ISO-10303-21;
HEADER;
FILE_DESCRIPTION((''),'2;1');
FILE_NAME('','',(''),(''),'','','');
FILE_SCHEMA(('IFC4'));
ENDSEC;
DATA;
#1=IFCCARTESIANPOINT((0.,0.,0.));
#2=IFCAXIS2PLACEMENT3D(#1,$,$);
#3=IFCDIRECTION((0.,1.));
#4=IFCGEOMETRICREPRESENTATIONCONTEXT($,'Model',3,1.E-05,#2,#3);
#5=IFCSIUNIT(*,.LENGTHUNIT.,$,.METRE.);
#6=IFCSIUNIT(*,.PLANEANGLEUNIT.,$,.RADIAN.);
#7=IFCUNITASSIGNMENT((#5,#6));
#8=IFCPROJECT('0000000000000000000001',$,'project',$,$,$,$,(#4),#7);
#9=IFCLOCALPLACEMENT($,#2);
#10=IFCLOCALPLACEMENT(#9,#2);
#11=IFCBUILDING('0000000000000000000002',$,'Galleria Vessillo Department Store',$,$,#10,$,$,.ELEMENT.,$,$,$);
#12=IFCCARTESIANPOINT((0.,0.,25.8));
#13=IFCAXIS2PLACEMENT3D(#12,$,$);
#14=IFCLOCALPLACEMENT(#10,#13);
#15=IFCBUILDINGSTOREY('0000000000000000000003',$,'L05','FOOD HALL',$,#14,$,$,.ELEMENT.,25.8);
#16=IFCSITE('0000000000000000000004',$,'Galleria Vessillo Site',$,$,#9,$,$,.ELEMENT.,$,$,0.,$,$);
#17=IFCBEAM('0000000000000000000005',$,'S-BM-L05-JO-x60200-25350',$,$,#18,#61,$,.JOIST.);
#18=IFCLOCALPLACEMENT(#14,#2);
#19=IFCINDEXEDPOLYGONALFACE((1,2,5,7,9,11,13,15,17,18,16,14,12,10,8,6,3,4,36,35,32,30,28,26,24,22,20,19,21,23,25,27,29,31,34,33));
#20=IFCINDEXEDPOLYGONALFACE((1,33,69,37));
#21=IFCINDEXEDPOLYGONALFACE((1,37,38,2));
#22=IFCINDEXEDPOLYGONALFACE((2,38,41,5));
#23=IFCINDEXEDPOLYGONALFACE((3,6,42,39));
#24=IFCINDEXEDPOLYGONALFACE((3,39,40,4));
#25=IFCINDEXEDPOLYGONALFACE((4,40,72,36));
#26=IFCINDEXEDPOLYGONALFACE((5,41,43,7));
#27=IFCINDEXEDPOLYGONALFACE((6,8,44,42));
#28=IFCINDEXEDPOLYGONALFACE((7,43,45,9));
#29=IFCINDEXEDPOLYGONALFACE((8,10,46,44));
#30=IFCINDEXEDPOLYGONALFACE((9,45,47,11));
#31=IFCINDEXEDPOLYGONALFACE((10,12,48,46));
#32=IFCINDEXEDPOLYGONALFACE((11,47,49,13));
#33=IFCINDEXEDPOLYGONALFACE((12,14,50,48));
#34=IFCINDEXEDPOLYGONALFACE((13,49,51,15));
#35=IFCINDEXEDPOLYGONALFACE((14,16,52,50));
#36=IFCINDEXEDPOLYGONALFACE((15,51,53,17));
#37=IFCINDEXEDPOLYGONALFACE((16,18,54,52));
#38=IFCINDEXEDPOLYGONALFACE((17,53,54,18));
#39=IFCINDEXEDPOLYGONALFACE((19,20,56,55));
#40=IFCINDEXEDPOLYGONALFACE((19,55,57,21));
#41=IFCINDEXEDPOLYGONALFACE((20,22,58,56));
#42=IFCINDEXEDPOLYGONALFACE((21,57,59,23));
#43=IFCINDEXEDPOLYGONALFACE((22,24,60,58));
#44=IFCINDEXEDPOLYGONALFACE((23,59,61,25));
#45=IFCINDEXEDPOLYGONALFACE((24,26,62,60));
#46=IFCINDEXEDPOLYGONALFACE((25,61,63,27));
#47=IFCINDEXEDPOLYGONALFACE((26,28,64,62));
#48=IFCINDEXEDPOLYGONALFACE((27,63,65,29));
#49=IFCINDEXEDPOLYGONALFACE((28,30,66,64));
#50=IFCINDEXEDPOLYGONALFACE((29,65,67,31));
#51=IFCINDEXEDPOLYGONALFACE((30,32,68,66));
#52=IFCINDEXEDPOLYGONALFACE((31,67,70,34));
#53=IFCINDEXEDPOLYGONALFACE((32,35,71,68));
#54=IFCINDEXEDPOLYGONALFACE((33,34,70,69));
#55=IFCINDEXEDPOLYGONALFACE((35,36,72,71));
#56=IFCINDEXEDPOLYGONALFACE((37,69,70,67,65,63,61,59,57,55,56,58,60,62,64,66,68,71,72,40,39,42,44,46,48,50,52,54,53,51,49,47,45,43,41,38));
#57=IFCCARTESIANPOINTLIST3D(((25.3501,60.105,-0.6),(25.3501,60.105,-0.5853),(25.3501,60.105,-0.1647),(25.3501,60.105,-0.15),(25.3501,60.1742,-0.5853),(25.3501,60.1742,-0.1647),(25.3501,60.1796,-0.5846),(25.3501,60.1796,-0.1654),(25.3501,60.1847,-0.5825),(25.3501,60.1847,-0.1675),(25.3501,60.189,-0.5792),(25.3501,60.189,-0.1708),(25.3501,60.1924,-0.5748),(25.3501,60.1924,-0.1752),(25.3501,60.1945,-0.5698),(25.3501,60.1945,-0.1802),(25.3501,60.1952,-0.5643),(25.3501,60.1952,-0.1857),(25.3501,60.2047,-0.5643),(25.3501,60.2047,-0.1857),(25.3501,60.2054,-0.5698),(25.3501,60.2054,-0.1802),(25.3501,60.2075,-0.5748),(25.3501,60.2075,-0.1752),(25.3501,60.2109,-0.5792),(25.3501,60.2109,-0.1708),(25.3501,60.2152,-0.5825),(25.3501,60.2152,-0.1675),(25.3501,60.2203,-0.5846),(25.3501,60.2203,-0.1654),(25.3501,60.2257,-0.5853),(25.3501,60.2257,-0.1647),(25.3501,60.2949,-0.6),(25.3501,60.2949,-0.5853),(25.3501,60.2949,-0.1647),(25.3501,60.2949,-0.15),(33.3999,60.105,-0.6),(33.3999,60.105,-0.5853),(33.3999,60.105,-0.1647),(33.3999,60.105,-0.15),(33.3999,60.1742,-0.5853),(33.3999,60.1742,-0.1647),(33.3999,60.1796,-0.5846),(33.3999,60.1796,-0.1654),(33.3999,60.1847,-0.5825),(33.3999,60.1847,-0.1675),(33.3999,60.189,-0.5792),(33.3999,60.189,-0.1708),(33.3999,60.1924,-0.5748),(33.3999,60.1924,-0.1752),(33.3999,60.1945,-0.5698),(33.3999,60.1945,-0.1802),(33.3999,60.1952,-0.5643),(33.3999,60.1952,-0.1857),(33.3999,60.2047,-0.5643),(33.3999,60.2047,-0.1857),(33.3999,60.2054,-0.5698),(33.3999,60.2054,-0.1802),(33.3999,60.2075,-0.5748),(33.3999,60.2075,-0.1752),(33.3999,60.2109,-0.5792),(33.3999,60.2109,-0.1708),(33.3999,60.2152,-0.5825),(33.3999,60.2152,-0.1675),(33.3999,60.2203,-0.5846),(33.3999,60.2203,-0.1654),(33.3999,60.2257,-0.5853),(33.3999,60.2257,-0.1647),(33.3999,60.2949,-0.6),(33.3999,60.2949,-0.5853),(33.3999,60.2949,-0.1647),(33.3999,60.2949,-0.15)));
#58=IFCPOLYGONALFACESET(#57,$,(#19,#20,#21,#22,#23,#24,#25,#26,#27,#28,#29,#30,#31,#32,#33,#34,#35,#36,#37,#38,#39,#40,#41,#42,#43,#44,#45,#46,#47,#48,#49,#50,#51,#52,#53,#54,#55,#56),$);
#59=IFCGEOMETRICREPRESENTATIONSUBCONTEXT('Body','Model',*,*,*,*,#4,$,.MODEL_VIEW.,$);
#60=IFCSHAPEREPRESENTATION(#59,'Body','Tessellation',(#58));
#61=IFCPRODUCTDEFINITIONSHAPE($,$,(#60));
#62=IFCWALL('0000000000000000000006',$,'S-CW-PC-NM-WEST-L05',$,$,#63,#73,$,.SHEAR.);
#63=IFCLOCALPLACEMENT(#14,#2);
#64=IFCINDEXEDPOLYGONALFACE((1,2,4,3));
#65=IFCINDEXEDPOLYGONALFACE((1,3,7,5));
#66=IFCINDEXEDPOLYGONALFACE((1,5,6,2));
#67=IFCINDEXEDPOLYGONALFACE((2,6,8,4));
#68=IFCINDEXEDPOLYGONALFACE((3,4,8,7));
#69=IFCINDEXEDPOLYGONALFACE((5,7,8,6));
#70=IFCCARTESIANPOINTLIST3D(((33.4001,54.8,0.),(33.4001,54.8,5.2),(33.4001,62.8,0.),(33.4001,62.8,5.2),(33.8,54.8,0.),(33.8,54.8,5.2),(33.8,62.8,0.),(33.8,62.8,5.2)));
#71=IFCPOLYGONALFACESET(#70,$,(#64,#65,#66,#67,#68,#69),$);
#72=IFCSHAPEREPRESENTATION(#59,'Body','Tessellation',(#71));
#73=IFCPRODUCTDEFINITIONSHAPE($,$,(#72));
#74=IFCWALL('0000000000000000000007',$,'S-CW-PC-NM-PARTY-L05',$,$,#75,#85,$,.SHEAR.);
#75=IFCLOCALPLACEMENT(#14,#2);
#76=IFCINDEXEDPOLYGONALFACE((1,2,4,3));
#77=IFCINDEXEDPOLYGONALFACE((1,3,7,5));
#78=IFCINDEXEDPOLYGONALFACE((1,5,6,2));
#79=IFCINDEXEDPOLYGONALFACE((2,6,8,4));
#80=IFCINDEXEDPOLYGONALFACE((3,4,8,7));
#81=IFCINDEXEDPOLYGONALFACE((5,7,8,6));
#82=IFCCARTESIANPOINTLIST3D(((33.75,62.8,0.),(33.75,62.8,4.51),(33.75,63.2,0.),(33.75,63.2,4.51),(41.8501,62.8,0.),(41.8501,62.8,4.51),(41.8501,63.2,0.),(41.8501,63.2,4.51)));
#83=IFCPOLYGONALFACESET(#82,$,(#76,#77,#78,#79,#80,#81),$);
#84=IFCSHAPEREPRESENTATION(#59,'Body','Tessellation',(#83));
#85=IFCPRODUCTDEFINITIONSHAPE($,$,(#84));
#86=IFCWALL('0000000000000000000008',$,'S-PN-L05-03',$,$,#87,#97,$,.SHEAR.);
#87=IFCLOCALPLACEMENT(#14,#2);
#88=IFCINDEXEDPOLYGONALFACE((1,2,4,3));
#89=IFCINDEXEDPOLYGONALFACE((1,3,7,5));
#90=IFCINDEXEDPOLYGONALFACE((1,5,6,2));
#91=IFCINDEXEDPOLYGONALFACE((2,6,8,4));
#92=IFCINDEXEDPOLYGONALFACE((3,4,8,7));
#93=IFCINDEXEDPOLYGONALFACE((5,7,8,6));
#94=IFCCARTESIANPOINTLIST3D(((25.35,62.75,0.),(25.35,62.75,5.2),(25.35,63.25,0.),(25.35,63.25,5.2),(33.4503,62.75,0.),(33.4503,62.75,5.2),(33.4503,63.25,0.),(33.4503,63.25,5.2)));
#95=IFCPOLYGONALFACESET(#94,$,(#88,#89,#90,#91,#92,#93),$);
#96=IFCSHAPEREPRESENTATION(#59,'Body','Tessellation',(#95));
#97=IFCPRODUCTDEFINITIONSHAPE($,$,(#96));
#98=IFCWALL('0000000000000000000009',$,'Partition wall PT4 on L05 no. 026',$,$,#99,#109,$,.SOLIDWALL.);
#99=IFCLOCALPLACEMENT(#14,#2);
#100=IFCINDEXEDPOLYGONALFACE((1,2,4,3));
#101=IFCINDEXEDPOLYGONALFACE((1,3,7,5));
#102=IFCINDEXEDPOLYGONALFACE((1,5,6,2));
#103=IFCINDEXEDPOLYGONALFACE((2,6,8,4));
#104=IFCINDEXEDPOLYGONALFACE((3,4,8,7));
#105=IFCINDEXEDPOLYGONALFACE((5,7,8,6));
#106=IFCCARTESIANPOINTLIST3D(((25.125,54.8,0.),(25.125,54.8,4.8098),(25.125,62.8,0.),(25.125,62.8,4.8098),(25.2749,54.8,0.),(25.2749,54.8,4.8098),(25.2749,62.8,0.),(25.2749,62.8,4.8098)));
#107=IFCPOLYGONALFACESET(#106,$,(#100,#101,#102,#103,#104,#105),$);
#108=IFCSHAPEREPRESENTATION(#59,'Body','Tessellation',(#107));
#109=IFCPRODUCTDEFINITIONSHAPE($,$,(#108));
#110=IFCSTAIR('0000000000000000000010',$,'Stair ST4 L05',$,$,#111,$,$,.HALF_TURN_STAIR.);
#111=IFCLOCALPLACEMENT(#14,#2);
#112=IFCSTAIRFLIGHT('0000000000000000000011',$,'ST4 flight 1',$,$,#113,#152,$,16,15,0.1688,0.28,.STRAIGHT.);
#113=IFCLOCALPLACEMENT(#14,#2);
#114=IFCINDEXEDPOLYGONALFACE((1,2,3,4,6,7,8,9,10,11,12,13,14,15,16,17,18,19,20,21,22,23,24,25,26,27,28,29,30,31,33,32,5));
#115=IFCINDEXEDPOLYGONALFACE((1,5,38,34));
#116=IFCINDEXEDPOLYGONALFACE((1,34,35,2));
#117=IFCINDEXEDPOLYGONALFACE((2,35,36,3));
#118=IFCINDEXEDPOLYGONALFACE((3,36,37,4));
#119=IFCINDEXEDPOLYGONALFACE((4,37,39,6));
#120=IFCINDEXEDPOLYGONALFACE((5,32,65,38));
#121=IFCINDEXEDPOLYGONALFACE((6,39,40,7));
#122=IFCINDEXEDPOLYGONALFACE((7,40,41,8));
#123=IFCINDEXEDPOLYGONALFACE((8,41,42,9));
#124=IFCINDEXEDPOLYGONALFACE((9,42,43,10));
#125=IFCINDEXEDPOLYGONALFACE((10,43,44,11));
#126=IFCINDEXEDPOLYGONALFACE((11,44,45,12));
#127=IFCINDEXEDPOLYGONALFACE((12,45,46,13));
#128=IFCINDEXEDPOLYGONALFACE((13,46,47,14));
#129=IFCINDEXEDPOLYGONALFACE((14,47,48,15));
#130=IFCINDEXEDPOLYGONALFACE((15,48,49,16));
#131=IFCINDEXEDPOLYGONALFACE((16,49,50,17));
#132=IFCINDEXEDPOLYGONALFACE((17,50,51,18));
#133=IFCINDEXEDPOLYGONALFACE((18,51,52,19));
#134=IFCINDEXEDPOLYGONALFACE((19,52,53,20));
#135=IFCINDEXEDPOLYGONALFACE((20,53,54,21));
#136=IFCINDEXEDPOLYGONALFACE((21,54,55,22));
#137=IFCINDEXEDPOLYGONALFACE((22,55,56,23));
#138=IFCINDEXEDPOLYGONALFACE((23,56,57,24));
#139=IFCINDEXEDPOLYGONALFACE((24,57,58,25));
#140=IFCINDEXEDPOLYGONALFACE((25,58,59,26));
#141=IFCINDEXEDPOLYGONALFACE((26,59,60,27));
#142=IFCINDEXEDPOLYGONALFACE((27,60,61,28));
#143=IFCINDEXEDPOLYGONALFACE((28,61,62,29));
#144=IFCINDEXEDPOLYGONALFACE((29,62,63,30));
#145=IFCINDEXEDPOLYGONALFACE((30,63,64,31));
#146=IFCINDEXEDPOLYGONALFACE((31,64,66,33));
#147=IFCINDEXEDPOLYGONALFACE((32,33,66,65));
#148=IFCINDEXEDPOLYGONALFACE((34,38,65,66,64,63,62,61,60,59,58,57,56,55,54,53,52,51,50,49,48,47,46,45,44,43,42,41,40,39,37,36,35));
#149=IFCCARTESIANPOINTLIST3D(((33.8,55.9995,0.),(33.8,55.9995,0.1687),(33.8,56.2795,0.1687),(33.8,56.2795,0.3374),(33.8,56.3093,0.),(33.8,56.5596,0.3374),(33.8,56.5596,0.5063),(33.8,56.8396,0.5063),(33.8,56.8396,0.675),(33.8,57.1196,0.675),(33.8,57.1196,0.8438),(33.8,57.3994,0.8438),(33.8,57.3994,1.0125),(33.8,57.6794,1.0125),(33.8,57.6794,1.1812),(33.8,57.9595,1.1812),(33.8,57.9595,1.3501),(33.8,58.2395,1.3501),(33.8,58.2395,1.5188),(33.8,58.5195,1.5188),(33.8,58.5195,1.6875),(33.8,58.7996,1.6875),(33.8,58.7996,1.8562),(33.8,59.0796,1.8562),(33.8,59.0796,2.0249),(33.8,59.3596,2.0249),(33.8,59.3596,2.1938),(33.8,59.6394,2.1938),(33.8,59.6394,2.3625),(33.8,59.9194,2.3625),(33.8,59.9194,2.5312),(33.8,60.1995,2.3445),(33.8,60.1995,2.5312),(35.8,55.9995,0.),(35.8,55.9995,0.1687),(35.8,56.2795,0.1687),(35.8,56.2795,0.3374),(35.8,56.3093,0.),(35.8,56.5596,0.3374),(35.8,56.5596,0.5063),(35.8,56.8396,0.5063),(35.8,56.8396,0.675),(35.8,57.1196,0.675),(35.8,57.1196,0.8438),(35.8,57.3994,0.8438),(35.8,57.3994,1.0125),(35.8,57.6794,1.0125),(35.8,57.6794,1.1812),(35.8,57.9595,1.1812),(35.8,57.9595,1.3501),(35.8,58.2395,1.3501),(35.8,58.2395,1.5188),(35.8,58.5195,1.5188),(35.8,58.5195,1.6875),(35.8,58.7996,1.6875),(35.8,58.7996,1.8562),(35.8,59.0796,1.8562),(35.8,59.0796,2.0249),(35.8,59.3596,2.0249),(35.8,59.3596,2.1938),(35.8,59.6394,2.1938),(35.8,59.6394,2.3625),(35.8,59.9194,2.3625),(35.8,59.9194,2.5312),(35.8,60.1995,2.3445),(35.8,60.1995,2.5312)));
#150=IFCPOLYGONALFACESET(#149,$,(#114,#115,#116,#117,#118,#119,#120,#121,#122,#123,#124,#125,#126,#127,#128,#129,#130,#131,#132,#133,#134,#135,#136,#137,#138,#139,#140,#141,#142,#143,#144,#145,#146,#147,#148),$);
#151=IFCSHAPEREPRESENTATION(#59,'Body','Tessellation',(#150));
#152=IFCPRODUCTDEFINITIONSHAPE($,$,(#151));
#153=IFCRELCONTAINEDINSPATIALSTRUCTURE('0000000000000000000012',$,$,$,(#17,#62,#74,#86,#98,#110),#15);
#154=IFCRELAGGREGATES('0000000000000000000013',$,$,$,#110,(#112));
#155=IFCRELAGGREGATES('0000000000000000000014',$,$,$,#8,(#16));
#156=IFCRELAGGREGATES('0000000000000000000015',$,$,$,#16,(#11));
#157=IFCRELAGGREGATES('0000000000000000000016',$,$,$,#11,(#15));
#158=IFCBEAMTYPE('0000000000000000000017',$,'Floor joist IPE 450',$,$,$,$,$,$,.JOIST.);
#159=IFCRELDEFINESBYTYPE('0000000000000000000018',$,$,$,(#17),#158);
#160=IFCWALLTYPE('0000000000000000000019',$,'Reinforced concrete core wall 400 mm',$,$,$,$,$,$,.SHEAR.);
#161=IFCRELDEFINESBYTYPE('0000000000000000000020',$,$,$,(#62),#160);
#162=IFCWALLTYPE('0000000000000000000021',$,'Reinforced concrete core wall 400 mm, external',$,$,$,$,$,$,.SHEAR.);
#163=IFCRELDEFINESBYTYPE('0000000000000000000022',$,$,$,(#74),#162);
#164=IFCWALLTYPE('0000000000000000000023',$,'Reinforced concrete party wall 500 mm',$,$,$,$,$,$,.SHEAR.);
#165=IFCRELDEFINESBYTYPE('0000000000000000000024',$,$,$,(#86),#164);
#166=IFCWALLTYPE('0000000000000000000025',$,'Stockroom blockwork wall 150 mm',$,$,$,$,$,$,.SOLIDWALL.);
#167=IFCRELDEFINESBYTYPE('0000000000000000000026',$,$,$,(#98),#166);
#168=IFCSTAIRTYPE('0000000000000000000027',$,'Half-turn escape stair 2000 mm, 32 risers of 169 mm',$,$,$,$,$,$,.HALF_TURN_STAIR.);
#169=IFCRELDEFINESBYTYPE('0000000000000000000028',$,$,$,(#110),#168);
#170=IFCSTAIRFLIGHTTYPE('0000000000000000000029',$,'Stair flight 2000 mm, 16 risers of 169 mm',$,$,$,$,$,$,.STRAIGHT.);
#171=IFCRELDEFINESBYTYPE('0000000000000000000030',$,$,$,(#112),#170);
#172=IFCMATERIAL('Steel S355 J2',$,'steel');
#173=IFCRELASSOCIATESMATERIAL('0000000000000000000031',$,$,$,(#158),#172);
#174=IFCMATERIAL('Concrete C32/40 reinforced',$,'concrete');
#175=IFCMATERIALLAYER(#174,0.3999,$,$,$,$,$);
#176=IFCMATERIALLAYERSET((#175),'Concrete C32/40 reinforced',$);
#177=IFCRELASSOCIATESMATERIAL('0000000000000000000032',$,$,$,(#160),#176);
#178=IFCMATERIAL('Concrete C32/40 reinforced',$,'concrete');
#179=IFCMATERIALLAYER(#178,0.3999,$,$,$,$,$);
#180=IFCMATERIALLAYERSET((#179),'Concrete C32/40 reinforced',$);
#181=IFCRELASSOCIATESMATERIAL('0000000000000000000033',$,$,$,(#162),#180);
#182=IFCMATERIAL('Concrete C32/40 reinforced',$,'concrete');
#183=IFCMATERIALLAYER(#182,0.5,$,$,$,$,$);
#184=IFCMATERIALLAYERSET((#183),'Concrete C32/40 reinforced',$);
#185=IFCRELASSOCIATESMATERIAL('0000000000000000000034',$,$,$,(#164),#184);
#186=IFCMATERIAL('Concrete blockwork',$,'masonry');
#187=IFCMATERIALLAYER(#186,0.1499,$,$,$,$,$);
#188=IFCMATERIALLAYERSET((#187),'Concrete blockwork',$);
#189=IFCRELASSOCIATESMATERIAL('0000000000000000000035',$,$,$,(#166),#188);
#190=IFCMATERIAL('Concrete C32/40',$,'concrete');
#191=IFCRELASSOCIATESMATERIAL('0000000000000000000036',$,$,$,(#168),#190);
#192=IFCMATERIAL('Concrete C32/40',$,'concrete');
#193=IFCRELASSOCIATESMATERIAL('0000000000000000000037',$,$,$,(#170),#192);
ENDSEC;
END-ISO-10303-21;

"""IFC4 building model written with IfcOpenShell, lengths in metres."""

from ifc_helpers import new_model, si_unit, direction, frame, frame_2d, origin, origin_2d, place, context, subcontext, project, spatial, polyline, rectangle, i_section, outline, extrude, material, layer, layer_set, material_profile, profile_set, type_object, element, aggregate, save


model = new_model("IFC4")

# Units and contexts
model_context = context("Model", 3, precision=1e-05, world=origin(), true_north=direction((0.0, 1.0)))
body_context = subcontext(model_context, "Body", "Model", "MODEL_VIEW")
ifc_project = project(units=[si_unit("LENGTHUNIT", "METRE"), si_unit("PLANEANGLEUNIT", "RADIAN")], contexts=[model_context])

# Site, building, storey
site_placement = place(None, origin())
site = spatial("IfcSite", under=ifc_project, at=site_placement, Name="Galleria Vessillo Site", CompositionType="ELEMENT", RefElevation=0.0)
building_placement = place(site_placement, origin())
building = spatial("IfcBuilding", under=site, at=building_placement, Name="Galleria Vessillo Department Store", CompositionType="ELEMENT")
storey_placement = place(building_placement, frame((0.0, 0.0, 25.8)))
storey = spatial("IfcBuildingStorey", under=building, at=storey_placement, Name="L05", Description="FOOD HALL", CompositionType="ELEMENT", Elevation=25.8)

# Beam
ifc_material_1 = material(Name="Steel S355 J2", Category="steel")
ifc_material_profile_1 = material_profile(ifc_material_1, i_section(OverallWidth=0.1899, OverallDepth=0.45, WebThickness=0.0095, FlangeThickness=0.0146, FilletRadius=0.021, at=origin_2d()), Name="IPE 450")
ifc_profile_set_1 = profile_set([ifc_material_profile_1], Name="Steel S355 J2")
beam_type_1 = type_object("IfcBeamType", Name="Floor joist IPE 450", PredefinedType="JOIST", material=ifc_profile_set_1)
for number, where, z_axis, x_axis, name in (
    (1, (25.3501, 60.2, -0.375), (1.0, 0.0, 0.0), (0.0, 1.0, 0.0), "S-BM-L05-JO-x60200-25350"),
):
    element("IfcBeam", number, at=place(storey_placement, frame(where, z_axis=z_axis, x_axis=x_axis)), inside=storey, type_object=beam_type_1, Name=name, PredefinedType="JOIST", context=body_context, shape_type="SweptSolid", body=[
        extrude(i_section(OverallWidth=0.1899, OverallDepth=0.45, WebThickness=0.0095, FlangeThickness=0.0146, FilletRadius=0.021, at=origin_2d()), origin(), (0.0, 0.0, 1.0), 8.0498),
    ])

# Walls
ifc_material_2 = material(Name="Concrete C32/40 reinforced", Category="concrete")
ifc_layer_1 = layer(ifc_material_2, 0.3999)
ifc_layer_set_1 = layer_set([ifc_layer_1], Name="Concrete C32/40 reinforced")
wall_type_1 = type_object("IfcWallType", Name="Reinforced concrete core wall 400 mm", PredefinedType="SHEAR", material=ifc_layer_set_1)
wall_1_placement = place(storey_placement, frame((33.6001, 54.8, 0.0), z_axis=(0.0, 0.0, 1.0), x_axis=(0.0, 1.0, 0.0)))
element("IfcWall", 2, at=wall_1_placement, inside=storey, type_object=wall_type_1, Name="S-CW-PC-NM-WEST-L05", PredefinedType="SHEAR", context=body_context, shape_type="SweptSolid", body=[
    extrude(rectangle(XDim=8.0, YDim=0.3999, at=frame_2d((4.0, 0.0))), origin(), (0.0, 0.0, 1.0), 5.2),
])
ifc_material_3 = material(Name="Concrete C32/40 reinforced", Category="concrete")
ifc_layer_2 = layer(ifc_material_3, 0.3999)
ifc_layer_set_2 = layer_set([ifc_layer_2], Name="Concrete C32/40 reinforced")
wall_type_2 = type_object("IfcWallType", Name="Reinforced concrete core wall 400 mm, external", PredefinedType="SHEAR", material=ifc_layer_set_2)
wall_2_placement = place(storey_placement, frame((33.75, 63.0, 0.0), z_axis=(0.0, 0.0, 1.0), x_axis=(1.0, 0.0, 0.0)))
element("IfcWall", 3, at=wall_2_placement, inside=storey, type_object=wall_type_2, Name="S-CW-PC-NM-PARTY-L05", PredefinedType="SHEAR", context=body_context, shape_type="SweptSolid", body=[
    extrude(rectangle(XDim=8.1001, YDim=0.3999, at=frame_2d((4.05, 0.0))), origin(), (0.0, 0.0, 1.0), 4.51),
])
ifc_material_4 = material(Name="Concrete C32/40 reinforced", Category="concrete")
ifc_layer_3 = layer(ifc_material_4, 0.5)
ifc_layer_set_3 = layer_set([ifc_layer_3], Name="Concrete C32/40 reinforced")
wall_type_3 = type_object("IfcWallType", Name="Reinforced concrete party wall 500 mm", PredefinedType="SHEAR", material=ifc_layer_set_3)
wall_3_placement = place(storey_placement, frame((25.3499, 63.0, 0.0), z_axis=(0.0, 0.0, 1.0), x_axis=(1.0, 0.0, 0.0)))
element("IfcWall", 4, at=wall_3_placement, inside=storey, type_object=wall_type_3, Name="S-PN-L05-03", PredefinedType="SHEAR", context=body_context, shape_type="SweptSolid", body=[
    extrude(rectangle(XDim=8.1003, YDim=0.5, at=frame_2d((4.0503, 0.0))), origin(), (0.0, 0.0, 1.0), 5.2),
])
ifc_material_5 = material(Name="Concrete blockwork", Category="masonry")
ifc_layer_4 = layer(ifc_material_5, 0.1499)
ifc_layer_set_4 = layer_set([ifc_layer_4], Name="Concrete blockwork")
wall_type_4 = type_object("IfcWallType", Name="Stockroom blockwork wall 150 mm", PredefinedType="SOLIDWALL", material=ifc_layer_set_4)
wall_4_placement = place(storey_placement, frame((25.2, 54.8, 0.0), z_axis=(0.0, 0.0, 1.0), x_axis=(0.0, 1.0, 0.0)))
element("IfcWall", 5, at=wall_4_placement, inside=storey, type_object=wall_type_4, Name="Partition wall PT4 on L05 no. 026", PredefinedType="SOLIDWALL", context=body_context, shape_type="SweptSolid", body=[
    extrude(rectangle(XDim=8.0, YDim=0.1499, at=frame_2d((4.0, 0.0))), origin(), (0.0, 0.0, 1.0), 4.8098),
])

# Stair, stair flight
ifc_material_6 = material(Name="Concrete C32/40", Category="concrete")
stair_type = type_object("IfcStairType", Name="Half-turn escape stair 2000 mm, 32 risers of 169 mm", PredefinedType="HALF_TURN_STAIR", material=ifc_material_6)
stair_placement = place(storey_placement, origin())
stair = element("IfcStair", 6, at=stair_placement, inside=storey, type_object=stair_type, Name="Stair ST4 L05", PredefinedType="HALF_TURN_STAIR")
ifc_material_7 = material(Name="Concrete C32/40", Category="concrete")
stair_flight_type = type_object("IfcStairFlightType", Name="Stair flight 2000 mm, 16 risers of 169 mm", PredefinedType="STRAIGHT", material=ifc_material_7)
stair_flight_1_placement = place(storey_placement, frame((34.8, 55.9995, 0.0), z_axis=(0.0, 0.0, 1.0), x_axis=(0.0, 1.0, 0.0)))
stair_flight_1 = element("IfcStairFlight", 7, at=stair_flight_1_placement, type_object=stair_flight_type, Name="ST4 flight 1", NumberOfRisers=16, NumberOfTreads=15, PredefinedType="STRAIGHT", RiserHeight=0.1688, TreadLength=0.28, context=body_context, shape_type="SweptSolid", body=[
    extrude(outline(polyline([(0.0, 0.0), (0.0, 0.1687), (0.28, 0.1687), (0.28, 0.3374), (0.5601, 0.3374), (0.5601, 0.5063), (0.8401, 0.5063), (0.8401, 0.675), (1.1201, 0.675), (1.1201, 0.8438), (1.3999, 0.8438), (1.3999, 1.0125), (1.6799, 1.0125), (1.6799, 1.1812), (1.96, 1.1812), (1.96, 1.3501), (2.24, 1.3501), (2.24, 1.5188), (2.52, 1.5188), (2.52, 1.6875), (2.8, 1.6875), (2.8, 1.8562), (3.0801, 1.8562), (3.0801, 2.0249), (3.3601, 2.0249), (3.3601, 2.1938), (3.6399, 2.1938), (3.6399, 2.3625), (3.9199, 2.3625), (3.9199, 2.5312), (4.2, 2.5312), (4.2, 2.7), (4.2, 2.3445), (0.3098, 0.0), (0.0, 0.0)])), frame((0.0, 1.0, 0.0), z_axis=(0.0, -1.0, 0.0), x_axis=(1.0, 0.0, 0.0)), (0.0, 0.0, 1.0), 2.0),
])
aggregate(stair, [stair_flight_1])

save(model, "model.ifc")
